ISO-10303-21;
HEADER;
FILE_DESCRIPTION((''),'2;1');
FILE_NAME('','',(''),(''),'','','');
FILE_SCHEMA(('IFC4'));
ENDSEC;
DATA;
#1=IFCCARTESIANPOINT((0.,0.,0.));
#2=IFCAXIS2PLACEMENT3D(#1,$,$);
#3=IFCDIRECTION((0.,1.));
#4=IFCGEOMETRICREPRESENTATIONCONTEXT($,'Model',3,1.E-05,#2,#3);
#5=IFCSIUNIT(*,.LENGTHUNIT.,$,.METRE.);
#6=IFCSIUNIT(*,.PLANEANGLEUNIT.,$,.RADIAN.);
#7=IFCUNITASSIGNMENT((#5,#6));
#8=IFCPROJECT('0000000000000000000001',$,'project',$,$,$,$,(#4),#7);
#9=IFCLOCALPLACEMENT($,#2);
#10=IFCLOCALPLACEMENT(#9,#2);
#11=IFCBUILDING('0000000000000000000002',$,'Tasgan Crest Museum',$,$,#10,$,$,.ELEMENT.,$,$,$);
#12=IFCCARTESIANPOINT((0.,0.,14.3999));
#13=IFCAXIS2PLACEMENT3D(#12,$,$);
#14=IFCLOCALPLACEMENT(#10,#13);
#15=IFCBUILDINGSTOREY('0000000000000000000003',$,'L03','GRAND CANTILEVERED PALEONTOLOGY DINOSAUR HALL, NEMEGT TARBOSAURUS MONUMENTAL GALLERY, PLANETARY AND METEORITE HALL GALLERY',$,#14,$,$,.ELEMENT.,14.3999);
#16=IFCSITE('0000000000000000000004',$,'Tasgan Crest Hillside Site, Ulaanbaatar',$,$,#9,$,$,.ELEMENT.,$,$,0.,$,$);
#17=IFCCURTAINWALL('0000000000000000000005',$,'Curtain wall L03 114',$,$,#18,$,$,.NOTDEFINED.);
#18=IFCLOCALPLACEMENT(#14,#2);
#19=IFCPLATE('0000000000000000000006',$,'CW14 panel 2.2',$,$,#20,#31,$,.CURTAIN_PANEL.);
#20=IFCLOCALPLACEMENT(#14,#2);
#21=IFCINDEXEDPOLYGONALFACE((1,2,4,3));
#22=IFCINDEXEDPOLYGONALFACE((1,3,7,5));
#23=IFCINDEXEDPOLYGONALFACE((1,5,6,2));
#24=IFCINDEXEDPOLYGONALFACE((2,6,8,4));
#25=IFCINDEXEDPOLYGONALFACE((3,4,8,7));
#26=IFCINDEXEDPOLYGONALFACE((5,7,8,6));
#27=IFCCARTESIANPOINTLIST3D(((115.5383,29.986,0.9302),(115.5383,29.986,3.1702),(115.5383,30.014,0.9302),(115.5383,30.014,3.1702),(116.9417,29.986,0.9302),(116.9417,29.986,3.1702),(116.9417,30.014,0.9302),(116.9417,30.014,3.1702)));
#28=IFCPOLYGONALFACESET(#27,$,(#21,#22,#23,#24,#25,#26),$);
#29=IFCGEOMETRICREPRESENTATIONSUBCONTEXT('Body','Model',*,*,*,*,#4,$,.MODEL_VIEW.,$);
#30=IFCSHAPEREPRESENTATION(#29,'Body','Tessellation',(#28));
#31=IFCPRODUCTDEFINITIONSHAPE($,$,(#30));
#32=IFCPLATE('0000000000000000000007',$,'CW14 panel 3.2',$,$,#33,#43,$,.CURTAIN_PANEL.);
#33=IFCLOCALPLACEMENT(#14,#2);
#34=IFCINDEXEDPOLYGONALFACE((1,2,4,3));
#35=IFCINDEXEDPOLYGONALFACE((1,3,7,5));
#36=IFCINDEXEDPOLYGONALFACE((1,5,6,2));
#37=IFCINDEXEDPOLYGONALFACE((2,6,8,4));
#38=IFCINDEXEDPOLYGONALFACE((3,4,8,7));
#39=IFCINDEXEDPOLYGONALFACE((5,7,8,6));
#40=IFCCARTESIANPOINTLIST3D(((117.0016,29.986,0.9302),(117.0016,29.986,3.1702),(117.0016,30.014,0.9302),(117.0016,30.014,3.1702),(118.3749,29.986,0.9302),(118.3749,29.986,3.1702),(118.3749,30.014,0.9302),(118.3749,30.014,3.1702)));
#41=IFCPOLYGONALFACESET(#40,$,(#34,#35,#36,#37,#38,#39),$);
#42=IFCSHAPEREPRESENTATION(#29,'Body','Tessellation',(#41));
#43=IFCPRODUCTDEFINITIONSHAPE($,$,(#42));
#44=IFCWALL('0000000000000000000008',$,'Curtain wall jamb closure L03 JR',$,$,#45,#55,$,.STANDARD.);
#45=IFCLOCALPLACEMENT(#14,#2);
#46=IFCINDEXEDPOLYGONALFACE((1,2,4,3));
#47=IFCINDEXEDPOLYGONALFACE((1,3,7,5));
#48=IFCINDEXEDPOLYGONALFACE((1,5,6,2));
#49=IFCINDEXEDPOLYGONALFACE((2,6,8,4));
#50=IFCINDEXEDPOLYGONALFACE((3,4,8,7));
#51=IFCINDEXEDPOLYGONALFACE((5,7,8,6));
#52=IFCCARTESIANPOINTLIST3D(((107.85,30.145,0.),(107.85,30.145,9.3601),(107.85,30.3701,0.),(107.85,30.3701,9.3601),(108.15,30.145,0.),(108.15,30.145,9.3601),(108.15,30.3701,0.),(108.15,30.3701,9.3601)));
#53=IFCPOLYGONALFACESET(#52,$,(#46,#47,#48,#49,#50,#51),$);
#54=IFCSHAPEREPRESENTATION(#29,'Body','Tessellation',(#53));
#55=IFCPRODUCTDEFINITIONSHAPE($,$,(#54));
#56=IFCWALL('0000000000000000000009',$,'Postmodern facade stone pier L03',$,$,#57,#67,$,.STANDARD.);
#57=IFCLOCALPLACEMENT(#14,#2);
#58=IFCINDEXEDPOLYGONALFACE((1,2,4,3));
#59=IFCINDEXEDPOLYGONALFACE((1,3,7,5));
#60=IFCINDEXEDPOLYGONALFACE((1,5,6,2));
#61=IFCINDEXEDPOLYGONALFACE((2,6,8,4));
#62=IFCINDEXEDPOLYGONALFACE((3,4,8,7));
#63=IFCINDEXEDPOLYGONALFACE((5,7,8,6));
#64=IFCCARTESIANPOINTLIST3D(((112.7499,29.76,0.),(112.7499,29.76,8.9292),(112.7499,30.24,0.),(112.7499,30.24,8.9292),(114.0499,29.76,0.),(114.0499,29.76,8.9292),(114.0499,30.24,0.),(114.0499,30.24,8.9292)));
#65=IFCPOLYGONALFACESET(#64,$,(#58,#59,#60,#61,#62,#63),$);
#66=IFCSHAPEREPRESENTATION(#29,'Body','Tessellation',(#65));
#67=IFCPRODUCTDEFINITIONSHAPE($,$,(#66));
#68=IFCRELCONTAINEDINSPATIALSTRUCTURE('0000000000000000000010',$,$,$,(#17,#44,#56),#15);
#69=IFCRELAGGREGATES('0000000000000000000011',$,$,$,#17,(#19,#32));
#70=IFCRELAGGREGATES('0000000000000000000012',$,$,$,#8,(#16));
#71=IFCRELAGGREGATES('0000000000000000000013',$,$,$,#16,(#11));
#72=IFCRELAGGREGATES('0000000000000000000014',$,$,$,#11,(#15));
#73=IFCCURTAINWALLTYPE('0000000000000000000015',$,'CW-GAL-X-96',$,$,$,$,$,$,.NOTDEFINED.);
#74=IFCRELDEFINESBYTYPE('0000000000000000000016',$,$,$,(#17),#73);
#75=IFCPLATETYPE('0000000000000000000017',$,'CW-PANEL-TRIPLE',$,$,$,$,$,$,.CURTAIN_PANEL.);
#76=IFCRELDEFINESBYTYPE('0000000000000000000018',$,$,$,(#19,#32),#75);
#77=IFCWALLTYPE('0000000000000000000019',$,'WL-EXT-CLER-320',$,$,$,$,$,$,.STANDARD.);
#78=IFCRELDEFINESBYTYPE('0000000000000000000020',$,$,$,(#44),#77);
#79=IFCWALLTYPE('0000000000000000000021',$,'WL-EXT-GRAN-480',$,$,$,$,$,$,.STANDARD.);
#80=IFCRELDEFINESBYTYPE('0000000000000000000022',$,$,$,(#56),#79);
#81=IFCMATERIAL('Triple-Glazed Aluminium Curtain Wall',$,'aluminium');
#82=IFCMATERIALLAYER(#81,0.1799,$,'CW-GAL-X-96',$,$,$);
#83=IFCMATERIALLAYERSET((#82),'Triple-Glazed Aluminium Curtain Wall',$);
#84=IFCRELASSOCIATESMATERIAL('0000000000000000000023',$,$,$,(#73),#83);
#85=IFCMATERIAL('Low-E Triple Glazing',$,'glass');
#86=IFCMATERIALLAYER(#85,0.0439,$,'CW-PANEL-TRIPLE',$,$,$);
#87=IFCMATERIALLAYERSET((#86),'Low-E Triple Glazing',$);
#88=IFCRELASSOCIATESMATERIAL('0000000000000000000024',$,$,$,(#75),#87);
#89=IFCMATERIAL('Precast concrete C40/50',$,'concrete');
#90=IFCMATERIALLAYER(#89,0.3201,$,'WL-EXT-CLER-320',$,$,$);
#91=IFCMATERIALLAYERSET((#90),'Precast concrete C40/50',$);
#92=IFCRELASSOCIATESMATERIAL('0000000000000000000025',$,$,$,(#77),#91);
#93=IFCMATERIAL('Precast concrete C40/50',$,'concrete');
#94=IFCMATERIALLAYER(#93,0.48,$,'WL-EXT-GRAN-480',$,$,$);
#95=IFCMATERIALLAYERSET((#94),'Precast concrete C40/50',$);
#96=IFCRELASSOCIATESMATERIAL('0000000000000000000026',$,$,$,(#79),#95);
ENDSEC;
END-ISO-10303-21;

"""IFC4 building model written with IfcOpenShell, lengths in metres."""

from ifc_helpers import new_model, si_unit, direction, frame, frame_2d, origin, origin_2d, place, context, subcontext, project, spatial, rectangle, extrude, material, layer, layer_set, type_object, element, aggregate, save


model = new_model("IFC4")

# Units and contexts
model_context = context("Model", 3, precision=1e-05, world=origin(), true_north=direction((0.0, 1.0)))
body_context = subcontext(model_context, "Body", "Model", "MODEL_VIEW")
ifc_project = project(units=[si_unit("LENGTHUNIT", "METRE"), si_unit("PLANEANGLEUNIT", "RADIAN")], contexts=[model_context])

# Site, building, storey
site_placement = place(None, origin())
site = spatial("IfcSite", under=ifc_project, at=site_placement, Name="Tasgan Crest Hillside Site, Ulaanbaatar", CompositionType="ELEMENT", RefElevation=0.0)
building_placement = place(site_placement, origin())
building = spatial("IfcBuilding", under=site, at=building_placement, Name="Tasgan Crest Museum", CompositionType="ELEMENT")
storey_placement = place(building_placement, frame((0.0, 0.0, 14.3999)))
storey = spatial("IfcBuildingStorey", under=building, at=storey_placement, Name="L03", Description="GRAND CANTILEVERED PALEONTOLOGY DINOSAUR HALL, NEMEGT TARBOSAURUS MONUMENTAL GALLERY, PLANETARY AND METEORITE HALL GALLERY", CompositionType="ELEMENT", Elevation=14.3999)

# Curtain wall
ifc_material_1 = material(Name="Triple-Glazed Aluminium Curtain Wall", Category="aluminium")
ifc_layer_1 = layer(ifc_material_1, 0.1799, Name="CW-GAL-X-96")
ifc_layer_set_1 = layer_set([ifc_layer_1], Name="Triple-Glazed Aluminium Curtain Wall")
curtain_wall_type_1 = type_object("IfcCurtainWallType", Name="CW-GAL-X-96", PredefinedType="NOTDEFINED", material=ifc_layer_set_1)
curtain_wall_1_placement = place(storey_placement, origin())
curtain_wall_1 = element("IfcCurtainWall", 1, at=curtain_wall_1_placement, inside=storey, type_object=curtain_wall_type_1, Name="Curtain wall L03 114", PredefinedType="NOTDEFINED")

# Plates
ifc_material_2 = material(Name="Low-E Triple Glazing", Category="glass")
ifc_layer_2 = layer(ifc_material_2, 0.0439, Name="CW-PANEL-TRIPLE")
ifc_layer_set_2 = layer_set([ifc_layer_2], Name="Low-E Triple Glazing")
plate_type_1 = type_object("IfcPlateType", Name="CW-PANEL-TRIPLE", PredefinedType="CURTAIN_PANEL", material=ifc_layer_set_2)
plate_1_placement = place(storey_placement, frame((116.24, 30.0, 0.9302), z_axis=(0.0, 0.0, 1.0), x_axis=(1.0, 0.0, 0.0)))
plate_1 = element("IfcPlate", 2, at=plate_1_placement, type_object=plate_type_1, Name="CW14 panel 2.2", PredefinedType="CURTAIN_PANEL", context=body_context, shape_type="SweptSolid", body=[
    extrude(rectangle(XDim=1.4033, YDim=0.0281, at=origin_2d()), origin(), (0.0, 0.0, 1.0), 2.24),
])
plate_2_placement = place(storey_placement, frame((117.6882, 30.0, 0.9302), z_axis=(0.0, 0.0, 1.0), x_axis=(1.0, 0.0, 0.0)))
plate_2 = element("IfcPlate", 3, at=plate_2_placement, type_object=plate_type_1, Name="CW14 panel 3.2", PredefinedType="CURTAIN_PANEL", context=body_context, shape_type="SweptSolid", body=[
    extrude(rectangle(XDim=1.3733, YDim=0.0281, at=origin_2d()), origin(), (0.0, 0.0, 1.0), 2.24),
])
aggregate(curtain_wall_1, [plate_1, plate_2])

# Walls
ifc_material_3 = material(Name="Precast concrete C40/50", Category="concrete")
ifc_layer_3 = layer(ifc_material_3, 0.3201, Name="WL-EXT-CLER-320")
ifc_layer_set_3 = layer_set([ifc_layer_3], Name="Precast concrete C40/50")
wall_type_1 = type_object("IfcWallType", Name="WL-EXT-CLER-320", PredefinedType="STANDARD", material=ifc_layer_set_3)
wall_1_placement = place(storey_placement, frame((108.0, 30.3701, 0.0), z_axis=(0.0, 0.0, 1.0), x_axis=(0.0, -1.0, 0.0)))
element("IfcWall", 4, at=wall_1_placement, inside=storey, type_object=wall_type_1, Name="Curtain wall jamb closure L03 JR", PredefinedType="STANDARD", context=body_context, shape_type="SweptSolid", body=[
    extrude(rectangle(XDim=0.2251, YDim=0.3, at=frame_2d((0.1125, 0.0))), origin(), (0.0, 0.0, 1.0), 9.3601),
])
ifc_material_4 = material(Name="Precast concrete C40/50", Category="concrete")
ifc_layer_4 = layer(ifc_material_4, 0.48, Name="WL-EXT-GRAN-480")
ifc_layer_set_4 = layer_set([ifc_layer_4], Name="Precast concrete C40/50")
wall_type_2 = type_object("IfcWallType", Name="WL-EXT-GRAN-480", PredefinedType="STANDARD", material=ifc_layer_set_4)
wall_2_placement = place(storey_placement, frame((112.75, 30.0, 0.0), z_axis=(0.0, 0.0, 1.0), x_axis=(1.0, 0.0, 0.0)))
element("IfcWall", 5, at=wall_2_placement, inside=storey, type_object=wall_type_2, Name="Postmodern facade stone pier L03", PredefinedType="STANDARD", context=body_context, shape_type="SweptSolid", body=[
    extrude(rectangle(XDim=1.3, YDim=0.48, at=frame_2d((0.6499, 0.0))), origin(), (0.0, 0.0, 1.0), 8.9292),
])

save(model, "model.ifc")
